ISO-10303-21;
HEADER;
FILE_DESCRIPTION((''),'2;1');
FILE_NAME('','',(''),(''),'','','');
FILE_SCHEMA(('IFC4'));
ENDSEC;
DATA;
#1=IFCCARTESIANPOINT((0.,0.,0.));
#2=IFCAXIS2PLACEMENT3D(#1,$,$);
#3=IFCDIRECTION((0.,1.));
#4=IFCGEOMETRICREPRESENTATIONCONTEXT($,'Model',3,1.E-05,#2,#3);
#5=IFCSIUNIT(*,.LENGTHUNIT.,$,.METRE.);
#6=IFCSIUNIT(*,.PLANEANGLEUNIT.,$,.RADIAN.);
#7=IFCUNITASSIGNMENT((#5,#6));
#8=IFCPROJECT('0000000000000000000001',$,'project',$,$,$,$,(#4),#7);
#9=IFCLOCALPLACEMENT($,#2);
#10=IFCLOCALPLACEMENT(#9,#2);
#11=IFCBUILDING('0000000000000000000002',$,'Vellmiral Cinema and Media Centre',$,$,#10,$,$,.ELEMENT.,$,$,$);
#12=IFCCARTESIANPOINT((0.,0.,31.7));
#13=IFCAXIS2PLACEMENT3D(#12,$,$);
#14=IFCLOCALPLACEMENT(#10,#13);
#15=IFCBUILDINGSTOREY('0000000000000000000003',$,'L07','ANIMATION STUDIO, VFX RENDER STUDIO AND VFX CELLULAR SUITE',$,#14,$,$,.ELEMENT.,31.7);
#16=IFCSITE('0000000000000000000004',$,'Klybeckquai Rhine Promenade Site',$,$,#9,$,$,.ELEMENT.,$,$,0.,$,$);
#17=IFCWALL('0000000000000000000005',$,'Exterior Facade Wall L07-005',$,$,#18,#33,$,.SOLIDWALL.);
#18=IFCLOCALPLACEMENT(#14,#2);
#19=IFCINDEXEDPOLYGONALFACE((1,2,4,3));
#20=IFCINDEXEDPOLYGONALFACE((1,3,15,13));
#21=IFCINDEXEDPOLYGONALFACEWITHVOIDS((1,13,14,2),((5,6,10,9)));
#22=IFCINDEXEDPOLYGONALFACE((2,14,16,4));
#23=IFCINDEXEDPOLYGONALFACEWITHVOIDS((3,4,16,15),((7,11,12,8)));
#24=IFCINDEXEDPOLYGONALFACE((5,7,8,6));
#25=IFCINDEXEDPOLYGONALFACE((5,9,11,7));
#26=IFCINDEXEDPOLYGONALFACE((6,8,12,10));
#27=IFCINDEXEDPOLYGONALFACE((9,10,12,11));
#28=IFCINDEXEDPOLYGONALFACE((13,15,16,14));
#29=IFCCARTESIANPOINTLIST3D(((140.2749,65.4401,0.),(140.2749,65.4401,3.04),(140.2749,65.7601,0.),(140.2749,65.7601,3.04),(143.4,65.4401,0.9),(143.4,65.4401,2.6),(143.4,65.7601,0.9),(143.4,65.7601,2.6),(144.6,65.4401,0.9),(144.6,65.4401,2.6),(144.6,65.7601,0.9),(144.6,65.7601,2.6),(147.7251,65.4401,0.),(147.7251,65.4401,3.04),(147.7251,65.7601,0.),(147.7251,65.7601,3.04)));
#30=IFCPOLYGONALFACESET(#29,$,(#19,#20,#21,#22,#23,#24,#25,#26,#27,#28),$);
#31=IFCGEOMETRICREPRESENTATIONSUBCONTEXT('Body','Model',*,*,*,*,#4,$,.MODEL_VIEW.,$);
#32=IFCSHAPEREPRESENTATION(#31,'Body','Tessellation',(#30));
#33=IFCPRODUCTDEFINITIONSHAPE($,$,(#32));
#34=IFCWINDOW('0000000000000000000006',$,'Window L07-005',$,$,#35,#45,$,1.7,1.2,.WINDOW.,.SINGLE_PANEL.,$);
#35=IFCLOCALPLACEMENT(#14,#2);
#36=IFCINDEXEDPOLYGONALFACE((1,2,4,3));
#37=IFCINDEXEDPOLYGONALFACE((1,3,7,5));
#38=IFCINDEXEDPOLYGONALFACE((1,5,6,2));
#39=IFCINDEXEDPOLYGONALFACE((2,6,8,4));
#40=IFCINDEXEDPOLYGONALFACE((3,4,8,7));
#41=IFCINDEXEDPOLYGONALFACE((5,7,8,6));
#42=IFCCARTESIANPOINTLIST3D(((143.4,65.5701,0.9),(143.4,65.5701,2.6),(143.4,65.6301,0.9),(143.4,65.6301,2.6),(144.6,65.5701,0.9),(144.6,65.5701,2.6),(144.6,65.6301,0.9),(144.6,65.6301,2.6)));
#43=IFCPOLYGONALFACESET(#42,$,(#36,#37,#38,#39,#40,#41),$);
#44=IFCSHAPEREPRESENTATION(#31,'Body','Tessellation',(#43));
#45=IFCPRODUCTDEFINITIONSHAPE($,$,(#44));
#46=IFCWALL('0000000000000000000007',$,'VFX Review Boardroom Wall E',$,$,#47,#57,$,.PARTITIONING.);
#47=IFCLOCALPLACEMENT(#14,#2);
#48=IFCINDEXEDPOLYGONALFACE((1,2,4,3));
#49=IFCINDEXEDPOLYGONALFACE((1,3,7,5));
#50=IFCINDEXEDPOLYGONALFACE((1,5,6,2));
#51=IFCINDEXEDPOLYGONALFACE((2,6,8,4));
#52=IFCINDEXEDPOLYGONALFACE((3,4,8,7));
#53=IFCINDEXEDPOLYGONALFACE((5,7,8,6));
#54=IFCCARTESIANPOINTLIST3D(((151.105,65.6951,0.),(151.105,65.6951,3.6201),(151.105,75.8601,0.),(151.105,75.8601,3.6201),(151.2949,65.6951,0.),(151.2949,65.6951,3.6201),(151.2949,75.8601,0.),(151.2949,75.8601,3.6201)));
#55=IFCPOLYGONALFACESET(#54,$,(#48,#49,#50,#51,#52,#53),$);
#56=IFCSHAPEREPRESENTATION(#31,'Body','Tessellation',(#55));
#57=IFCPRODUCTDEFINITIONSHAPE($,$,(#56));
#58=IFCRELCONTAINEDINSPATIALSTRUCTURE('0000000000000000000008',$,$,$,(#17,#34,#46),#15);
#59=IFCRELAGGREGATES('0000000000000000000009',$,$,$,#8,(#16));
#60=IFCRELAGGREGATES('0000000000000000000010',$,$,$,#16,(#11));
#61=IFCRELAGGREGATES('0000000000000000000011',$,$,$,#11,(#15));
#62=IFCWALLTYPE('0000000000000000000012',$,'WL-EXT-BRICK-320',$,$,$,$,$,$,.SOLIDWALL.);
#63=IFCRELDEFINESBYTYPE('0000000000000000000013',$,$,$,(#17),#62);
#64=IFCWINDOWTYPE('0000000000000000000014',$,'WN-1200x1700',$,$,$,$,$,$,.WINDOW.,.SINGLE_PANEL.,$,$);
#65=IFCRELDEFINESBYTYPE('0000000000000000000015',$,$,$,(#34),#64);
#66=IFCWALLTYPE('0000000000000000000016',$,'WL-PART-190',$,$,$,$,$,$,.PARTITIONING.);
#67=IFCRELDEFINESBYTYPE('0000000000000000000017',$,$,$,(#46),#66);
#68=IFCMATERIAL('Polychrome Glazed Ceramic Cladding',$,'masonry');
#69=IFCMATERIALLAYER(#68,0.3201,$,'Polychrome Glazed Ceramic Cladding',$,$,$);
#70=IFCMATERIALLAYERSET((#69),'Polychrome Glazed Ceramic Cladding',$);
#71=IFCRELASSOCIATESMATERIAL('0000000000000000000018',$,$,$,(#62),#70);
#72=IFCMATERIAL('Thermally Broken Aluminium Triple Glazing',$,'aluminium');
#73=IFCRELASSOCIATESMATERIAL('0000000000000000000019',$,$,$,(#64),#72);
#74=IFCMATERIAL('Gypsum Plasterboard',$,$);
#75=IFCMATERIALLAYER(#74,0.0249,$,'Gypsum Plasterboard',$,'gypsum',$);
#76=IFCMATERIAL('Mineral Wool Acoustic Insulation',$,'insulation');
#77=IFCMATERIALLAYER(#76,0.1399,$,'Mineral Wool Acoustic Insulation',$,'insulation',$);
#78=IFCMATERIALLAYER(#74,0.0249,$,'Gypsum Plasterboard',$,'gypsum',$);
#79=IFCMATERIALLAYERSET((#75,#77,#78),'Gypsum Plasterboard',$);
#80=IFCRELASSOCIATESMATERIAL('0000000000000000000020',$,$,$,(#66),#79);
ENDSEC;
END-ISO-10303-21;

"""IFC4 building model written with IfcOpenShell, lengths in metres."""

from ifc_helpers import new_model, si_unit, direction, frame, frame_2d, origin, place, context, subcontext, project, spatial, rectangle, extrude, material, layer, layer_set, type_object, element, fill, save


model = new_model("IFC4")

# Units and contexts
model_context = context("Model", 3, precision=1e-05, world=origin(), true_north=direction((0.0, 1.0)))
body_context = subcontext(model_context, "Body", "Model", "MODEL_VIEW")
ifc_project = project(units=[si_unit("LENGTHUNIT", "METRE"), si_unit("PLANEANGLEUNIT", "RADIAN")], contexts=[model_context])

# Site, building, storey
site_placement = place(None, origin())
site = spatial("IfcSite", under=ifc_project, at=site_placement, Name="Klybeckquai Rhine Promenade Site", CompositionType="ELEMENT", RefElevation=0.0)
building_placement = place(site_placement, origin())
building = spatial("IfcBuilding", under=site, at=building_placement, Name="Vellmiral Cinema and Media Centre", CompositionType="ELEMENT")
storey_placement = place(building_placement, frame((0.0, 0.0, 31.7)))
storey = spatial("IfcBuildingStorey", under=building, at=storey_placement, Name="L07", Description="ANIMATION STUDIO, VFX RENDER STUDIO AND VFX CELLULAR SUITE", CompositionType="ELEMENT", Elevation=31.7)

# Wall, opening, window
ifc_material_1 = material(Name="Polychrome Glazed Ceramic Cladding", Category="masonry")
ifc_layer_1 = layer(ifc_material_1, 0.3201, Name="Polychrome Glazed Ceramic Cladding")
ifc_layer_set_1 = layer_set([ifc_layer_1], Name="Polychrome Glazed Ceramic Cladding")
wall_type_1 = type_object("IfcWallType", Name="WL-EXT-BRICK-320", PredefinedType="SOLIDWALL", material=ifc_layer_set_1)
wall_1_placement = place(storey_placement, frame((140.2749, 65.6001, 0.0), z_axis=(0.0, 0.0, 1.0), x_axis=(1.0, 0.0, 0.0)))
wall_1 = element("IfcWall", 1, at=wall_1_placement, inside=storey, type_object=wall_type_1, Name="Exterior Facade Wall L07-005", PredefinedType="SOLIDWALL", context=body_context, shape_type="SweptSolid", body=[
    extrude(rectangle(XDim=7.4502, YDim=0.3201, at=frame_2d((3.7251, 0.0))), origin(), (0.0, 0.0, 1.0), 3.04),
])
opening_placement = place(wall_1_placement, frame((3.125, 0.0, 0.8999)))
opening = element("IfcOpeningElement", 2, at=opening_placement, cuts=wall_1, PredefinedType="OPENING", context=body_context, shape_type="SweptSolid", body=[
    extrude(rectangle(XDim=1.2, YDim=1.7, at=frame_2d((0.6001, 0.8501))), frame((0.0, 0.1719, 0.0), z_axis=(0.0, -1.0, 0.0), x_axis=(1.0, 0.0, 0.0)), (0.0, 0.0, 1.0), 0.344),
])
ifc_material_2 = material(Name="Thermally Broken Aluminium Triple Glazing", Category="aluminium")
window_type = type_object("IfcWindowType", Name="WN-1200x1700", PartitioningType="SINGLE_PANEL", PredefinedType="WINDOW", material=ifc_material_2)
window_placement = place(opening_placement, origin())
window = element("IfcWindow", 3, at=window_placement, inside=storey, type_object=window_type, Name="Window L07-005", OverallHeight=1.7, OverallWidth=1.2, PartitioningType="SINGLE_PANEL", PredefinedType="WINDOW", context=body_context, shape_type="SweptSolid", body=[
    extrude(rectangle(XDim=1.2, YDim=1.7, at=frame_2d((0.6001, 0.8501))), frame((0.0, 0.03, 0.0), z_axis=(0.0, -1.0, 0.0), x_axis=(1.0, 0.0, 0.0)), (0.0, 0.0, 1.0), 0.0601),
])
fill(opening, window)

# Wall
ifc_material_3 = material(Name="Gypsum Plasterboard")
ifc_layer_2 = layer(ifc_material_3, 0.0249, Name="Gypsum Plasterboard", Category="gypsum")
ifc_material_4 = material(Name="Mineral Wool Acoustic Insulation", Category="insulation")
ifc_layer_3 = layer(ifc_material_4, 0.1399, Name="Mineral Wool Acoustic Insulation", Category="insulation")
ifc_layer_4 = layer(ifc_material_3, 0.0249, Name="Gypsum Plasterboard", Category="gypsum")
ifc_layer_set_2 = layer_set([ifc_layer_2, ifc_layer_3, ifc_layer_4], Name="Gypsum Plasterboard")
wall_type_2 = type_object("IfcWallType", Name="WL-PART-190", PredefinedType="PARTITIONING", material=ifc_layer_set_2)
wall_2_placement = place(storey_placement, frame((151.2, 65.6951, 0.0), z_axis=(0.0, 0.0, 1.0), x_axis=(0.0, 1.0, 0.0)))
element("IfcWall", 4, at=wall_2_placement, inside=storey, type_object=wall_type_2, Name="VFX Review Boardroom Wall E", PredefinedType="PARTITIONING", context=body_context, shape_type="SweptSolid", body=[
    extrude(rectangle(XDim=10.165, YDim=0.1899, at=frame_2d((5.0825, 0.0))), origin(), (0.0, 0.0, 1.0), 3.6201),
])

save(model, "model.ifc")
